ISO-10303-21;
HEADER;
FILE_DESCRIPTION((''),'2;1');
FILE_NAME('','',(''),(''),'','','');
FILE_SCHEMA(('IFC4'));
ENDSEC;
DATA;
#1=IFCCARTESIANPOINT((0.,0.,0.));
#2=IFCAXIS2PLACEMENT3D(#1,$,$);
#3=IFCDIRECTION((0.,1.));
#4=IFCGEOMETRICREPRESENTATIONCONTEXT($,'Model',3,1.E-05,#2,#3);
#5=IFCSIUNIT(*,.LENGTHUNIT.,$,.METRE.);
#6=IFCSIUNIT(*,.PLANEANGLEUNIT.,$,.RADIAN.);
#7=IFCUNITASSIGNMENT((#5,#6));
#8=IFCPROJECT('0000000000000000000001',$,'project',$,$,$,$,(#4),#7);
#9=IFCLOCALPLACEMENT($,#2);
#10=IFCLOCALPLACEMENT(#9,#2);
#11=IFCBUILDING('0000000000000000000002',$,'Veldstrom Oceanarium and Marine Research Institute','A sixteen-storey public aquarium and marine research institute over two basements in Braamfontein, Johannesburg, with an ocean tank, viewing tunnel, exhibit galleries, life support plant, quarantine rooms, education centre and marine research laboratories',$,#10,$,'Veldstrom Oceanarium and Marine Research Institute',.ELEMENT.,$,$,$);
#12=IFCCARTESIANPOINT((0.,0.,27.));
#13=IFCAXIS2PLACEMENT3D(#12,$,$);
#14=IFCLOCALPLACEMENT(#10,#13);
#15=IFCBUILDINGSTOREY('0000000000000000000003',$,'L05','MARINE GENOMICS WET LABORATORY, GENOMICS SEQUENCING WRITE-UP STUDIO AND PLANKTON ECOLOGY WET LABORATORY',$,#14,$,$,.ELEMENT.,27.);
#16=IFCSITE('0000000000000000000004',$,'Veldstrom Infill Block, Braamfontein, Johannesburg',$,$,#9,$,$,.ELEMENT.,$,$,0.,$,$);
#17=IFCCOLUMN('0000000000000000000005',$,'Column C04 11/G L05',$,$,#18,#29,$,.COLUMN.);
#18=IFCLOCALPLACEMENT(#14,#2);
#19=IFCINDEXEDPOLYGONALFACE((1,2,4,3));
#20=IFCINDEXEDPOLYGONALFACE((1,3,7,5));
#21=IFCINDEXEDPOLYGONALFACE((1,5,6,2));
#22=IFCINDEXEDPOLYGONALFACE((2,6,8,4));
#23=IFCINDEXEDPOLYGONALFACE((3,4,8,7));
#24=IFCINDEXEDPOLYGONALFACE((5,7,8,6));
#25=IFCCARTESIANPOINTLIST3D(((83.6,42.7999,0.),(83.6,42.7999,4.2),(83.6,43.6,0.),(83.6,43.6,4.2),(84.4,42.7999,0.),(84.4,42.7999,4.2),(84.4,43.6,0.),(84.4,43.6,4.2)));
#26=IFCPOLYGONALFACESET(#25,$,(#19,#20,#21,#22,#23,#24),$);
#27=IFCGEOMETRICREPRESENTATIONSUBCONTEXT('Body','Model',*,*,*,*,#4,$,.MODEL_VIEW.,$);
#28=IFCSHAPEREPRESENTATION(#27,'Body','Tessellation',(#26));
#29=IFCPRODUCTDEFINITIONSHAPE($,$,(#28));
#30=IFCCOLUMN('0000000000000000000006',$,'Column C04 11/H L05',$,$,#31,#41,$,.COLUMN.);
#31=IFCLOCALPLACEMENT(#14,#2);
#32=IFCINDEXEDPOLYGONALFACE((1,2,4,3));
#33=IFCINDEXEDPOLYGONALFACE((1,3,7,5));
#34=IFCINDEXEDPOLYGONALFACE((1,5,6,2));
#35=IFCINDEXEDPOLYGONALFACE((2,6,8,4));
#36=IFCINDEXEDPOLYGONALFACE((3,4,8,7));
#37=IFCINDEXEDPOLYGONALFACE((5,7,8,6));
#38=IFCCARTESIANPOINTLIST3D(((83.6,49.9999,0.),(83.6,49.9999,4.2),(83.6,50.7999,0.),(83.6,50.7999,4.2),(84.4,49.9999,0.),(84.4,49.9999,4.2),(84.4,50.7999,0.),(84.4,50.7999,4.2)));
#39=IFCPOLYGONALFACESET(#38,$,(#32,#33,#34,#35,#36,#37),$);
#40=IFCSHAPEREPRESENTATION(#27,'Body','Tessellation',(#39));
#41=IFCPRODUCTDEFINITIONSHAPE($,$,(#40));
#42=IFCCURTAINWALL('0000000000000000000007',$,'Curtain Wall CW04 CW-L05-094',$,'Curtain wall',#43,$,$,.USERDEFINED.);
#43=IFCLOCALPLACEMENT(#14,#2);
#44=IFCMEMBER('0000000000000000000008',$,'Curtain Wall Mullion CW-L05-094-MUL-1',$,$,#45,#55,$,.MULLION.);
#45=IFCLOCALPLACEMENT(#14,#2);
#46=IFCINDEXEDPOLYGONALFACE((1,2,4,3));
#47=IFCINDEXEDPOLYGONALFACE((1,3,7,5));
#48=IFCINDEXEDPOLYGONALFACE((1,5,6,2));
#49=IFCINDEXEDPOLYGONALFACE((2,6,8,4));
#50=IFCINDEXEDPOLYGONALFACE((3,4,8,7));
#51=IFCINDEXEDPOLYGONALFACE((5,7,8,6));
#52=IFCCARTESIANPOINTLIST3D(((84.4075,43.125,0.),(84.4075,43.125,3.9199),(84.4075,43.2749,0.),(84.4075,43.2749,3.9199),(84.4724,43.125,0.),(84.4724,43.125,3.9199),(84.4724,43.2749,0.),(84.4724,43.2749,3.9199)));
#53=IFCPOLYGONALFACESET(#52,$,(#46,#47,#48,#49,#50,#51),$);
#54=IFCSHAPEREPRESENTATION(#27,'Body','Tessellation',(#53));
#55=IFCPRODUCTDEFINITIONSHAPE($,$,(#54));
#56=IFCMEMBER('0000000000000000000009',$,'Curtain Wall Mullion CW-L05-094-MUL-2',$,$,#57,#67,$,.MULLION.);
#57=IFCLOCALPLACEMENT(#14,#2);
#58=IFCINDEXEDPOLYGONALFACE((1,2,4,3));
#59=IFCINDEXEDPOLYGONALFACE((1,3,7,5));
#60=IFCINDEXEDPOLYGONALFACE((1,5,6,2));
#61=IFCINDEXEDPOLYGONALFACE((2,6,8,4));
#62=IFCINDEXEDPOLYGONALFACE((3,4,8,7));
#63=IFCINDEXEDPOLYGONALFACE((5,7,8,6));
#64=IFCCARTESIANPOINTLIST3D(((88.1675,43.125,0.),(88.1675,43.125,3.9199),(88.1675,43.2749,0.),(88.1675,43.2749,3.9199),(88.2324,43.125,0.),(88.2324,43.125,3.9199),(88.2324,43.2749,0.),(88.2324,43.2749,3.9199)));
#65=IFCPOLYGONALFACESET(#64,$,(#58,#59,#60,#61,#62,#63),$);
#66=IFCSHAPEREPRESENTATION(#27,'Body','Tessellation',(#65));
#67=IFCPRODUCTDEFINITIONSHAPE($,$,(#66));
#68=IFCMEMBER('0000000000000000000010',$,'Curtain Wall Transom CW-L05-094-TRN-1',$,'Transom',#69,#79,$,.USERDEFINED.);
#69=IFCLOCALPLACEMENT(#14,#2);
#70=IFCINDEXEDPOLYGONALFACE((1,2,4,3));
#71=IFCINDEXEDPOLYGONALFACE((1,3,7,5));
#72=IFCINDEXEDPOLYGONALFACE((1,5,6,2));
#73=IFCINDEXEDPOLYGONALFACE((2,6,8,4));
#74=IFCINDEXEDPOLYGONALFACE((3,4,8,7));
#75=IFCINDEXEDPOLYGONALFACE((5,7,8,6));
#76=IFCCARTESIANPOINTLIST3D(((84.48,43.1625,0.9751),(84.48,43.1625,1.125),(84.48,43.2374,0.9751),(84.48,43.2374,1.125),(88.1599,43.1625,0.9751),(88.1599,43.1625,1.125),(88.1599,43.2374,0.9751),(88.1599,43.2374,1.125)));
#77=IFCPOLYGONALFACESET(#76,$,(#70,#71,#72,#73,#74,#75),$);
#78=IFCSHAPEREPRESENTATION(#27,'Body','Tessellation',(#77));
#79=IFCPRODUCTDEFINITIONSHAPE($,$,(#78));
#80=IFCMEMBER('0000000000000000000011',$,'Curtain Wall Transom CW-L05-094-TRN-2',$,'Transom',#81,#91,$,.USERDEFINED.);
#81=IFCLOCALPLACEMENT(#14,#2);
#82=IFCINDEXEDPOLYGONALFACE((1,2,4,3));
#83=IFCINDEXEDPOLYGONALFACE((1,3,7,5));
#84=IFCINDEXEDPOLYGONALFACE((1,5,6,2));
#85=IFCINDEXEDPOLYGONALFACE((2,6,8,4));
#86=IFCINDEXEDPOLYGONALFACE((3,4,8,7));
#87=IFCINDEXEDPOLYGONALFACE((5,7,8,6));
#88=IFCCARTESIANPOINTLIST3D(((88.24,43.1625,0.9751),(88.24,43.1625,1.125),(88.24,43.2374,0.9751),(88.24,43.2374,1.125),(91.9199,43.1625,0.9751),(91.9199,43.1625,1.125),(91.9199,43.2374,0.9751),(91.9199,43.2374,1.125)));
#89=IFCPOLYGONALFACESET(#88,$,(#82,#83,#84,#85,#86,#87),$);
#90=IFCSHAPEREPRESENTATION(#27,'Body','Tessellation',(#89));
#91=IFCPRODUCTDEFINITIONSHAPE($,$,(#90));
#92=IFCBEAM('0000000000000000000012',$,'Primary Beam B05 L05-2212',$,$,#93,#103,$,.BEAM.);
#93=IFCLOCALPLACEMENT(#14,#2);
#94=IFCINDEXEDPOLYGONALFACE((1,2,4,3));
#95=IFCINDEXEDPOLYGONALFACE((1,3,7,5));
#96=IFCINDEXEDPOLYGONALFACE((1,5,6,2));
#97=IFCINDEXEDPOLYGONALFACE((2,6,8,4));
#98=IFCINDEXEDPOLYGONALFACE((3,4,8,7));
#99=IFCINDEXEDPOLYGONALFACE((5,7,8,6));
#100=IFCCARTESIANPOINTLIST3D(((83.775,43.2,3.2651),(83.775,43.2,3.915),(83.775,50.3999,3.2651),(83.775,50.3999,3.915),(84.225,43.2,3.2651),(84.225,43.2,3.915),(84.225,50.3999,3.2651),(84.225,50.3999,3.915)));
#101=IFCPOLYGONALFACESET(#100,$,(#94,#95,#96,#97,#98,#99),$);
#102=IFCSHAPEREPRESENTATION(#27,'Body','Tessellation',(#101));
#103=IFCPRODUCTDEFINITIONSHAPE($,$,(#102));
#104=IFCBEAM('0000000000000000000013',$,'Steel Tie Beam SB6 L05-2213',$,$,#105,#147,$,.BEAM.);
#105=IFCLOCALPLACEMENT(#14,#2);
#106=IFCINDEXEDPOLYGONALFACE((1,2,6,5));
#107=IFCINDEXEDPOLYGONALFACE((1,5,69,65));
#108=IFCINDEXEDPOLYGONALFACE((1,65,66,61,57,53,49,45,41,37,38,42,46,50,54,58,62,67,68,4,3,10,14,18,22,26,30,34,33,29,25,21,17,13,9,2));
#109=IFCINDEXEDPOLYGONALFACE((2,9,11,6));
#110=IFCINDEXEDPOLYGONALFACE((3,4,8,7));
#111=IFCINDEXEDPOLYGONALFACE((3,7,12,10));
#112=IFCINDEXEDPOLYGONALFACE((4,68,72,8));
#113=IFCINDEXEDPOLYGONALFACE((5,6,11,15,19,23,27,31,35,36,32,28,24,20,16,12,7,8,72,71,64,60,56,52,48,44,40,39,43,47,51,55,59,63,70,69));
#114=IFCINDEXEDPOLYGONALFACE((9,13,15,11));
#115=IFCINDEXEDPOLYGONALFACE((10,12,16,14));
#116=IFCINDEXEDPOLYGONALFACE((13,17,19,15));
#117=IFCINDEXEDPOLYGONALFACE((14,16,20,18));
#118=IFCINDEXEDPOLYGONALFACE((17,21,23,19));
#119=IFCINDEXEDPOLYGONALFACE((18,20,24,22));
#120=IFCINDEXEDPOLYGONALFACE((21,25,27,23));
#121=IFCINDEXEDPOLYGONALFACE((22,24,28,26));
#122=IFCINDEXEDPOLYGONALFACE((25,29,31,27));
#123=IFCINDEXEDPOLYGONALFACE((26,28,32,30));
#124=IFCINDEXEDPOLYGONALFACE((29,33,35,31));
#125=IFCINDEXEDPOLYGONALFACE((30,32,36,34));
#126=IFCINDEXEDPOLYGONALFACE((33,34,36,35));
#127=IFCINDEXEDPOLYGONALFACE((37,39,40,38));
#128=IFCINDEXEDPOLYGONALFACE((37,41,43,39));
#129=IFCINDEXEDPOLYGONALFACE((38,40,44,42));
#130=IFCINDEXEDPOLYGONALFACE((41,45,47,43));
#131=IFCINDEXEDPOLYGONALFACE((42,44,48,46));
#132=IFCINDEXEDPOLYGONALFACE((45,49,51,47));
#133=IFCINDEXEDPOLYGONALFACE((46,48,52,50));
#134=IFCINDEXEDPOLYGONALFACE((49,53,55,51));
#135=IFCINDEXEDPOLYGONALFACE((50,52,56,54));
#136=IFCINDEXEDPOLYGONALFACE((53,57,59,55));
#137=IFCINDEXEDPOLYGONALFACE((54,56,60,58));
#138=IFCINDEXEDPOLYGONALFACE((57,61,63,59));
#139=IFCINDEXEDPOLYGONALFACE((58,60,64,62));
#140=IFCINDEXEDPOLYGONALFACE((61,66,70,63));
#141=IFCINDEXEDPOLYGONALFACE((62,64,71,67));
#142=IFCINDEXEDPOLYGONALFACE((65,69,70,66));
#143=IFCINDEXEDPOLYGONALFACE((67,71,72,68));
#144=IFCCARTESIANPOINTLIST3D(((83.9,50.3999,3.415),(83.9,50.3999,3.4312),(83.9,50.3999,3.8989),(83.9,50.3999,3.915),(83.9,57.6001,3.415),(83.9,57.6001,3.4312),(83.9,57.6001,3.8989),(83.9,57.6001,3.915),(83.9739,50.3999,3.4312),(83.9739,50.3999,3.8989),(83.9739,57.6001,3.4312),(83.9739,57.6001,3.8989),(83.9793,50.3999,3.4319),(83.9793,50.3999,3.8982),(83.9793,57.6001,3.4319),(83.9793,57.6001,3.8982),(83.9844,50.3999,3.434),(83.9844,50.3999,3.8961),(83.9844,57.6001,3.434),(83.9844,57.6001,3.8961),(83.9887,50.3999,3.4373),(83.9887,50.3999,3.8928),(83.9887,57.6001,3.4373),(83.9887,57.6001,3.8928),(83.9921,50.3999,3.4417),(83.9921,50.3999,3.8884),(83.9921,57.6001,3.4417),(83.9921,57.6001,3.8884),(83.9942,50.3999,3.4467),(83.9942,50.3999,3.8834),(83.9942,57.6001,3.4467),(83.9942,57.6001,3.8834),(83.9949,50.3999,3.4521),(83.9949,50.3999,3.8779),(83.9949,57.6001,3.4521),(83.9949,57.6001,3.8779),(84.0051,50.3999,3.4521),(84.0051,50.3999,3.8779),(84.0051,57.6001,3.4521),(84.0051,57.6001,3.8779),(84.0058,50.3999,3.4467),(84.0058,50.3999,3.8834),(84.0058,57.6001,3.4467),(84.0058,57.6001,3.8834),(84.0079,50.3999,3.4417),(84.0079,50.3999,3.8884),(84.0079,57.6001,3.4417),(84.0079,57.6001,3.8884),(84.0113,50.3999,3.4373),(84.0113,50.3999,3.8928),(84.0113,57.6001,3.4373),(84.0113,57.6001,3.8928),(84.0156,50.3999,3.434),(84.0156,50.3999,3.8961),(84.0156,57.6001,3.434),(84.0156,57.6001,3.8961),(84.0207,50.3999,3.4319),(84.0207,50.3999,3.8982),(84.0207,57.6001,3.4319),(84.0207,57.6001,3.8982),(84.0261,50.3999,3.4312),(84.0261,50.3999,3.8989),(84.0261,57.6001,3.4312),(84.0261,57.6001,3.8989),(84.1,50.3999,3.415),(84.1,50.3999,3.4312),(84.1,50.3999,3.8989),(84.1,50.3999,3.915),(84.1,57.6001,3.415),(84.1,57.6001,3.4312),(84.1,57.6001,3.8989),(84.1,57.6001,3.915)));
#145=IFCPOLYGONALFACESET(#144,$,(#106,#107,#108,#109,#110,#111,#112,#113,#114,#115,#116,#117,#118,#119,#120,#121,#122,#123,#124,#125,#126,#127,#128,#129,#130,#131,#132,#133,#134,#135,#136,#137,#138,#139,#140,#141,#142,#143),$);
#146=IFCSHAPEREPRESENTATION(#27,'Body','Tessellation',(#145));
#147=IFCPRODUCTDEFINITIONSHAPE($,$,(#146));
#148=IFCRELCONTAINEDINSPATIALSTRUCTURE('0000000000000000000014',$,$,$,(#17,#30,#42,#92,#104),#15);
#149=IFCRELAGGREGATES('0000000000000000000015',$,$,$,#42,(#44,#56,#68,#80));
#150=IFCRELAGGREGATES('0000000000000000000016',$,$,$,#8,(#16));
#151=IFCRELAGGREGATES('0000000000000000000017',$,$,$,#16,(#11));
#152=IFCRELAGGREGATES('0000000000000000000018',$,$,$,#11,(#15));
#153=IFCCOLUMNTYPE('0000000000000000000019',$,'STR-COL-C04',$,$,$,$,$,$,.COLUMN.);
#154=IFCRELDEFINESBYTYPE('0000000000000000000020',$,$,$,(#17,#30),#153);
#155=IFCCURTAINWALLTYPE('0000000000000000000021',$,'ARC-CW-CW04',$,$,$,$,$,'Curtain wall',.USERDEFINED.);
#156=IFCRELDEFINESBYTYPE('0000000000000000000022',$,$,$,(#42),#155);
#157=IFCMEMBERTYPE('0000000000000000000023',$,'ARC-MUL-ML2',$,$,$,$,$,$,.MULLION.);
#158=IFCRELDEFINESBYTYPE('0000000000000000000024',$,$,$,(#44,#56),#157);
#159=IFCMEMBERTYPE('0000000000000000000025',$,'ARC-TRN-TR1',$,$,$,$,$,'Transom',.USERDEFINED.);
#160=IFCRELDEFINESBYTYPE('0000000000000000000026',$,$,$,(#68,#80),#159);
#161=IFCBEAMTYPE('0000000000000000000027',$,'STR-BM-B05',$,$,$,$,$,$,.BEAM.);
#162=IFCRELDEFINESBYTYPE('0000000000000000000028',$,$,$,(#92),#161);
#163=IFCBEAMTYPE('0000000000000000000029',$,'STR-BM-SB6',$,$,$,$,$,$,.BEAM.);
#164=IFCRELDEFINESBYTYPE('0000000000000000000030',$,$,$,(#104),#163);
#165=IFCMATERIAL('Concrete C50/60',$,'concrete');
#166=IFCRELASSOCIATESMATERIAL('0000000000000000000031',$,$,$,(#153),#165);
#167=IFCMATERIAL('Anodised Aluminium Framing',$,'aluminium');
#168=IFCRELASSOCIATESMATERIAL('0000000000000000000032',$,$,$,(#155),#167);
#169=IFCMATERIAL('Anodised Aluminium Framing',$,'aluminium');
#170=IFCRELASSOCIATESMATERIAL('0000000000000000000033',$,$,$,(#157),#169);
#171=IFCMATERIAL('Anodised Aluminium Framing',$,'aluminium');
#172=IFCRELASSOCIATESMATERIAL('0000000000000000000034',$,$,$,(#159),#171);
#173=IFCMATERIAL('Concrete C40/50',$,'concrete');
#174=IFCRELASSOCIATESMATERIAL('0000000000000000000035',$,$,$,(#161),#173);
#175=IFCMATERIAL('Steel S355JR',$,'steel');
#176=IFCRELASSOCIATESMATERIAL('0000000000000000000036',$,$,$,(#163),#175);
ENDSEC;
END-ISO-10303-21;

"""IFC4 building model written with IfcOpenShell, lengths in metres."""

from ifc_helpers import new_model, si_unit, direction, frame, origin, origin_2d, place, context, subcontext, project, spatial, rectangle, i_section, extrude, material, material_profile, profile_set, type_object, element, aggregate, save


model = new_model("IFC4")

# Units and contexts
model_context = context("Model", 3, precision=1e-05, world=origin(), true_north=direction((0.0, 1.0)))
body_context = subcontext(model_context, "Body", "Model", "MODEL_VIEW")
ifc_project = project(units=[si_unit("LENGTHUNIT", "METRE"), si_unit("PLANEANGLEUNIT", "RADIAN")], contexts=[model_context])

# Site, building, storey
site_placement = place(None, origin())
site = spatial("IfcSite", under=ifc_project, at=site_placement, Name="Veldstrom Infill Block, Braamfontein, Johannesburg", CompositionType="ELEMENT", RefElevation=0.0)
building_placement = place(site_placement, origin())
building = spatial("IfcBuilding", under=site, at=building_placement, Name="Veldstrom Oceanarium and Marine Research Institute", Description="A sixteen-storey public aquarium and marine research institute over two basements in Braamfontein, Johannesburg, with an ocean tank, viewing tunnel, exhibit galleries, life support plant, quarantine rooms, education centre and marine research laboratories", LongName="Veldstrom Oceanarium and Marine Research Institute", CompositionType="ELEMENT")
storey_placement = place(building_placement, frame((0.0, 0.0, 27.0)))
storey = spatial("IfcBuildingStorey", under=building, at=storey_placement, Name="L05", Description="MARINE GENOMICS WET LABORATORY, GENOMICS SEQUENCING WRITE-UP STUDIO AND PLANKTON ECOLOGY WET LABORATORY", CompositionType="ELEMENT", Elevation=27.0)

# Columns
ifc_material_1 = material(Name="Concrete C50/60", Category="concrete")
ifc_material_profile_1 = material_profile(ifc_material_1, rectangle(XDim=0.8, YDim=0.8, at=origin_2d()), Name="RC-COL-800x800")
ifc_profile_set_1 = profile_set([ifc_material_profile_1], Name="Concrete C50/60")
column_type = type_object("IfcColumnType", Name="STR-COL-C04", PredefinedType="COLUMN", material=ifc_profile_set_1)
for number, where, z_axis, x_axis, name in (
    (1, (84.0, 43.2, 0.0), (0.0, 0.0, 1.0), (1.0, 0.0, 0.0), "Column C04 11/G L05"),
    (2, (84.0, 50.3999, 0.0), (0.0, 0.0, 1.0), (1.0, 0.0, 0.0), "Column C04 11/H L05"),
):
    element("IfcColumn", number, at=place(storey_placement, frame(where, z_axis=z_axis, x_axis=x_axis)), inside=storey, type_object=column_type, Name=name, PredefinedType="COLUMN", context=body_context, shape_type="SweptSolid", body=[
        extrude(rectangle(XDim=0.8, YDim=0.8, at=origin_2d()), origin(), (0.0, 0.0, 1.0), 4.2),
    ])

# Curtain wall, members
ifc_material_2 = material(Name="Anodised Aluminium Framing", Category="aluminium")
curtain_wall_type = type_object("IfcCurtainWallType", Name="ARC-CW-CW04", ElementType="Curtain wall", PredefinedType="USERDEFINED", material=ifc_material_2)
curtain_wall_placement = place(storey_placement, origin())
curtain_wall = element("IfcCurtainWall", 3, at=curtain_wall_placement, inside=storey, type_object=curtain_wall_type, Name="Curtain Wall CW04 CW-L05-094", ObjectType="Curtain wall", PredefinedType="USERDEFINED")
ifc_material_3 = material(Name="Anodised Aluminium Framing", Category="aluminium")
ifc_material_profile_2 = material_profile(ifc_material_3, rectangle(XDim=0.0649, YDim=0.1499, at=origin_2d()), Name="ALU-MUL-65x150")
ifc_profile_set_2 = profile_set([ifc_material_profile_2], Name="Anodised Aluminium Framing")
member_type_1 = type_object("IfcMemberType", Name="ARC-MUL-ML2", PredefinedType="MULLION", material=ifc_profile_set_2)
member_1_placement = place(storey_placement, frame((84.4399, 43.2, 0.0), z_axis=(0.0, 0.0, 1.0), x_axis=(1.0, 0.0, 0.0)))
member_1 = element("IfcMember", 4, at=member_1_placement, type_object=member_type_1, Name="Curtain Wall Mullion CW-L05-094-MUL-1", PredefinedType="MULLION", context=body_context, shape_type="SweptSolid", body=[
    extrude(rectangle(XDim=0.0649, YDim=0.1499, at=origin_2d()), origin(), (0.0, 0.0, 1.0), 3.9199),
])
member_2_placement = place(storey_placement, frame((88.2, 43.2, 0.0), z_axis=(0.0, 0.0, 1.0), x_axis=(1.0, 0.0, 0.0)))
member_2 = element("IfcMember", 5, at=member_2_placement, type_object=member_type_1, Name="Curtain Wall Mullion CW-L05-094-MUL-2", PredefinedType="MULLION", context=body_context, shape_type="SweptSolid", body=[
    extrude(rectangle(XDim=0.0649, YDim=0.1499, at=origin_2d()), origin(), (0.0, 0.0, 1.0), 3.9199),
])
ifc_material_4 = material(Name="Anodised Aluminium Framing", Category="aluminium")
ifc_material_profile_3 = material_profile(ifc_material_4, rectangle(XDim=0.075, YDim=0.1499, at=origin_2d()), Name="ALU-TRN-75x150")
ifc_profile_set_3 = profile_set([ifc_material_profile_3], Name="Anodised Aluminium Framing")
member_type_2 = type_object("IfcMemberType", Name="ARC-TRN-TR1", ElementType="Transom", PredefinedType="USERDEFINED", material=ifc_profile_set_3)
member_3_placement = place(storey_placement, frame((84.48, 43.2, 1.05), z_axis=(1.0, 0.0, 0.0), x_axis=(0.0, 1.0, 0.0)))
member_3 = element("IfcMember", 6, at=member_3_placement, type_object=member_type_2, Name="Curtain Wall Transom CW-L05-094-TRN-1", ObjectType="Transom", PredefinedType="USERDEFINED", context=body_context, shape_type="SweptSolid", body=[
    extrude(rectangle(XDim=0.075, YDim=0.1499, at=origin_2d()), origin(), (0.0, 0.0, 1.0), 3.6799),
])
member_4_placement = place(storey_placement, frame((88.24, 43.2, 1.05), z_axis=(1.0, 0.0, 0.0), x_axis=(0.0, 1.0, 0.0)))
member_4 = element("IfcMember", 7, at=member_4_placement, type_object=member_type_2, Name="Curtain Wall Transom CW-L05-094-TRN-2", ObjectType="Transom", PredefinedType="USERDEFINED", context=body_context, shape_type="SweptSolid", body=[
    extrude(rectangle(XDim=0.075, YDim=0.1499, at=origin_2d()), origin(), (0.0, 0.0, 1.0), 3.6799),
])

# Beams
ifc_material_5 = material(Name="Concrete C40/50", Category="concrete")
ifc_material_profile_4 = material_profile(ifc_material_5, rectangle(XDim=0.45, YDim=0.6499, at=origin_2d()), Name="RC-BM-450x650")
ifc_profile_set_4 = profile_set([ifc_material_profile_4], Name="Concrete C40/50")
beam_type_1 = type_object("IfcBeamType", Name="STR-BM-B05", PredefinedType="BEAM", material=ifc_profile_set_4)
beam_1_placement = place(storey_placement, frame((84.0, 43.2, 3.5901), z_axis=(0.0, 1.0, 0.0), x_axis=(-1.0, 0.0, 0.0)))
element("IfcBeam", 8, at=beam_1_placement, inside=storey, type_object=beam_type_1, Name="Primary Beam B05 L05-2212", PredefinedType="BEAM", context=body_context, shape_type="SweptSolid", body=[
    extrude(rectangle(XDim=0.45, YDim=0.6499, at=origin_2d()), origin(), (0.0, 0.0, 1.0), 7.2),
])
ifc_material_6 = material(Name="Steel S355JR", Category="steel")
ifc_material_profile_5 = material_profile(ifc_material_6, i_section(OverallWidth=0.2, OverallDepth=0.5, WebThickness=0.0103, FlangeThickness=0.0161, FilletRadius=0.021, at=origin_2d()), Name="IPE 500")
ifc_profile_set_5 = profile_set([ifc_material_profile_5], Name="Steel S355JR")
beam_type_2 = type_object("IfcBeamType", Name="STR-BM-SB6", PredefinedType="BEAM", material=ifc_profile_set_5)
beam_2_placement = place(storey_placement, frame((84.0, 50.3999, 3.665), z_axis=(0.0, 1.0, 0.0), x_axis=(-1.0, 0.0, 0.0)))
element("IfcBeam", 9, at=beam_2_placement, inside=storey, type_object=beam_type_2, Name="Steel Tie Beam SB6 L05-2213", PredefinedType="BEAM", context=body_context, shape_type="SweptSolid", body=[
    extrude(i_section(OverallWidth=0.2, OverallDepth=0.5, WebThickness=0.0103, FlangeThickness=0.0161, FilletRadius=0.021, at=origin_2d()), origin(), (0.0, 0.0, 1.0), 7.2002),
])

aggregate(curtain_wall, [member_1, member_2, member_3, member_4])

save(model, "model.ifc")
